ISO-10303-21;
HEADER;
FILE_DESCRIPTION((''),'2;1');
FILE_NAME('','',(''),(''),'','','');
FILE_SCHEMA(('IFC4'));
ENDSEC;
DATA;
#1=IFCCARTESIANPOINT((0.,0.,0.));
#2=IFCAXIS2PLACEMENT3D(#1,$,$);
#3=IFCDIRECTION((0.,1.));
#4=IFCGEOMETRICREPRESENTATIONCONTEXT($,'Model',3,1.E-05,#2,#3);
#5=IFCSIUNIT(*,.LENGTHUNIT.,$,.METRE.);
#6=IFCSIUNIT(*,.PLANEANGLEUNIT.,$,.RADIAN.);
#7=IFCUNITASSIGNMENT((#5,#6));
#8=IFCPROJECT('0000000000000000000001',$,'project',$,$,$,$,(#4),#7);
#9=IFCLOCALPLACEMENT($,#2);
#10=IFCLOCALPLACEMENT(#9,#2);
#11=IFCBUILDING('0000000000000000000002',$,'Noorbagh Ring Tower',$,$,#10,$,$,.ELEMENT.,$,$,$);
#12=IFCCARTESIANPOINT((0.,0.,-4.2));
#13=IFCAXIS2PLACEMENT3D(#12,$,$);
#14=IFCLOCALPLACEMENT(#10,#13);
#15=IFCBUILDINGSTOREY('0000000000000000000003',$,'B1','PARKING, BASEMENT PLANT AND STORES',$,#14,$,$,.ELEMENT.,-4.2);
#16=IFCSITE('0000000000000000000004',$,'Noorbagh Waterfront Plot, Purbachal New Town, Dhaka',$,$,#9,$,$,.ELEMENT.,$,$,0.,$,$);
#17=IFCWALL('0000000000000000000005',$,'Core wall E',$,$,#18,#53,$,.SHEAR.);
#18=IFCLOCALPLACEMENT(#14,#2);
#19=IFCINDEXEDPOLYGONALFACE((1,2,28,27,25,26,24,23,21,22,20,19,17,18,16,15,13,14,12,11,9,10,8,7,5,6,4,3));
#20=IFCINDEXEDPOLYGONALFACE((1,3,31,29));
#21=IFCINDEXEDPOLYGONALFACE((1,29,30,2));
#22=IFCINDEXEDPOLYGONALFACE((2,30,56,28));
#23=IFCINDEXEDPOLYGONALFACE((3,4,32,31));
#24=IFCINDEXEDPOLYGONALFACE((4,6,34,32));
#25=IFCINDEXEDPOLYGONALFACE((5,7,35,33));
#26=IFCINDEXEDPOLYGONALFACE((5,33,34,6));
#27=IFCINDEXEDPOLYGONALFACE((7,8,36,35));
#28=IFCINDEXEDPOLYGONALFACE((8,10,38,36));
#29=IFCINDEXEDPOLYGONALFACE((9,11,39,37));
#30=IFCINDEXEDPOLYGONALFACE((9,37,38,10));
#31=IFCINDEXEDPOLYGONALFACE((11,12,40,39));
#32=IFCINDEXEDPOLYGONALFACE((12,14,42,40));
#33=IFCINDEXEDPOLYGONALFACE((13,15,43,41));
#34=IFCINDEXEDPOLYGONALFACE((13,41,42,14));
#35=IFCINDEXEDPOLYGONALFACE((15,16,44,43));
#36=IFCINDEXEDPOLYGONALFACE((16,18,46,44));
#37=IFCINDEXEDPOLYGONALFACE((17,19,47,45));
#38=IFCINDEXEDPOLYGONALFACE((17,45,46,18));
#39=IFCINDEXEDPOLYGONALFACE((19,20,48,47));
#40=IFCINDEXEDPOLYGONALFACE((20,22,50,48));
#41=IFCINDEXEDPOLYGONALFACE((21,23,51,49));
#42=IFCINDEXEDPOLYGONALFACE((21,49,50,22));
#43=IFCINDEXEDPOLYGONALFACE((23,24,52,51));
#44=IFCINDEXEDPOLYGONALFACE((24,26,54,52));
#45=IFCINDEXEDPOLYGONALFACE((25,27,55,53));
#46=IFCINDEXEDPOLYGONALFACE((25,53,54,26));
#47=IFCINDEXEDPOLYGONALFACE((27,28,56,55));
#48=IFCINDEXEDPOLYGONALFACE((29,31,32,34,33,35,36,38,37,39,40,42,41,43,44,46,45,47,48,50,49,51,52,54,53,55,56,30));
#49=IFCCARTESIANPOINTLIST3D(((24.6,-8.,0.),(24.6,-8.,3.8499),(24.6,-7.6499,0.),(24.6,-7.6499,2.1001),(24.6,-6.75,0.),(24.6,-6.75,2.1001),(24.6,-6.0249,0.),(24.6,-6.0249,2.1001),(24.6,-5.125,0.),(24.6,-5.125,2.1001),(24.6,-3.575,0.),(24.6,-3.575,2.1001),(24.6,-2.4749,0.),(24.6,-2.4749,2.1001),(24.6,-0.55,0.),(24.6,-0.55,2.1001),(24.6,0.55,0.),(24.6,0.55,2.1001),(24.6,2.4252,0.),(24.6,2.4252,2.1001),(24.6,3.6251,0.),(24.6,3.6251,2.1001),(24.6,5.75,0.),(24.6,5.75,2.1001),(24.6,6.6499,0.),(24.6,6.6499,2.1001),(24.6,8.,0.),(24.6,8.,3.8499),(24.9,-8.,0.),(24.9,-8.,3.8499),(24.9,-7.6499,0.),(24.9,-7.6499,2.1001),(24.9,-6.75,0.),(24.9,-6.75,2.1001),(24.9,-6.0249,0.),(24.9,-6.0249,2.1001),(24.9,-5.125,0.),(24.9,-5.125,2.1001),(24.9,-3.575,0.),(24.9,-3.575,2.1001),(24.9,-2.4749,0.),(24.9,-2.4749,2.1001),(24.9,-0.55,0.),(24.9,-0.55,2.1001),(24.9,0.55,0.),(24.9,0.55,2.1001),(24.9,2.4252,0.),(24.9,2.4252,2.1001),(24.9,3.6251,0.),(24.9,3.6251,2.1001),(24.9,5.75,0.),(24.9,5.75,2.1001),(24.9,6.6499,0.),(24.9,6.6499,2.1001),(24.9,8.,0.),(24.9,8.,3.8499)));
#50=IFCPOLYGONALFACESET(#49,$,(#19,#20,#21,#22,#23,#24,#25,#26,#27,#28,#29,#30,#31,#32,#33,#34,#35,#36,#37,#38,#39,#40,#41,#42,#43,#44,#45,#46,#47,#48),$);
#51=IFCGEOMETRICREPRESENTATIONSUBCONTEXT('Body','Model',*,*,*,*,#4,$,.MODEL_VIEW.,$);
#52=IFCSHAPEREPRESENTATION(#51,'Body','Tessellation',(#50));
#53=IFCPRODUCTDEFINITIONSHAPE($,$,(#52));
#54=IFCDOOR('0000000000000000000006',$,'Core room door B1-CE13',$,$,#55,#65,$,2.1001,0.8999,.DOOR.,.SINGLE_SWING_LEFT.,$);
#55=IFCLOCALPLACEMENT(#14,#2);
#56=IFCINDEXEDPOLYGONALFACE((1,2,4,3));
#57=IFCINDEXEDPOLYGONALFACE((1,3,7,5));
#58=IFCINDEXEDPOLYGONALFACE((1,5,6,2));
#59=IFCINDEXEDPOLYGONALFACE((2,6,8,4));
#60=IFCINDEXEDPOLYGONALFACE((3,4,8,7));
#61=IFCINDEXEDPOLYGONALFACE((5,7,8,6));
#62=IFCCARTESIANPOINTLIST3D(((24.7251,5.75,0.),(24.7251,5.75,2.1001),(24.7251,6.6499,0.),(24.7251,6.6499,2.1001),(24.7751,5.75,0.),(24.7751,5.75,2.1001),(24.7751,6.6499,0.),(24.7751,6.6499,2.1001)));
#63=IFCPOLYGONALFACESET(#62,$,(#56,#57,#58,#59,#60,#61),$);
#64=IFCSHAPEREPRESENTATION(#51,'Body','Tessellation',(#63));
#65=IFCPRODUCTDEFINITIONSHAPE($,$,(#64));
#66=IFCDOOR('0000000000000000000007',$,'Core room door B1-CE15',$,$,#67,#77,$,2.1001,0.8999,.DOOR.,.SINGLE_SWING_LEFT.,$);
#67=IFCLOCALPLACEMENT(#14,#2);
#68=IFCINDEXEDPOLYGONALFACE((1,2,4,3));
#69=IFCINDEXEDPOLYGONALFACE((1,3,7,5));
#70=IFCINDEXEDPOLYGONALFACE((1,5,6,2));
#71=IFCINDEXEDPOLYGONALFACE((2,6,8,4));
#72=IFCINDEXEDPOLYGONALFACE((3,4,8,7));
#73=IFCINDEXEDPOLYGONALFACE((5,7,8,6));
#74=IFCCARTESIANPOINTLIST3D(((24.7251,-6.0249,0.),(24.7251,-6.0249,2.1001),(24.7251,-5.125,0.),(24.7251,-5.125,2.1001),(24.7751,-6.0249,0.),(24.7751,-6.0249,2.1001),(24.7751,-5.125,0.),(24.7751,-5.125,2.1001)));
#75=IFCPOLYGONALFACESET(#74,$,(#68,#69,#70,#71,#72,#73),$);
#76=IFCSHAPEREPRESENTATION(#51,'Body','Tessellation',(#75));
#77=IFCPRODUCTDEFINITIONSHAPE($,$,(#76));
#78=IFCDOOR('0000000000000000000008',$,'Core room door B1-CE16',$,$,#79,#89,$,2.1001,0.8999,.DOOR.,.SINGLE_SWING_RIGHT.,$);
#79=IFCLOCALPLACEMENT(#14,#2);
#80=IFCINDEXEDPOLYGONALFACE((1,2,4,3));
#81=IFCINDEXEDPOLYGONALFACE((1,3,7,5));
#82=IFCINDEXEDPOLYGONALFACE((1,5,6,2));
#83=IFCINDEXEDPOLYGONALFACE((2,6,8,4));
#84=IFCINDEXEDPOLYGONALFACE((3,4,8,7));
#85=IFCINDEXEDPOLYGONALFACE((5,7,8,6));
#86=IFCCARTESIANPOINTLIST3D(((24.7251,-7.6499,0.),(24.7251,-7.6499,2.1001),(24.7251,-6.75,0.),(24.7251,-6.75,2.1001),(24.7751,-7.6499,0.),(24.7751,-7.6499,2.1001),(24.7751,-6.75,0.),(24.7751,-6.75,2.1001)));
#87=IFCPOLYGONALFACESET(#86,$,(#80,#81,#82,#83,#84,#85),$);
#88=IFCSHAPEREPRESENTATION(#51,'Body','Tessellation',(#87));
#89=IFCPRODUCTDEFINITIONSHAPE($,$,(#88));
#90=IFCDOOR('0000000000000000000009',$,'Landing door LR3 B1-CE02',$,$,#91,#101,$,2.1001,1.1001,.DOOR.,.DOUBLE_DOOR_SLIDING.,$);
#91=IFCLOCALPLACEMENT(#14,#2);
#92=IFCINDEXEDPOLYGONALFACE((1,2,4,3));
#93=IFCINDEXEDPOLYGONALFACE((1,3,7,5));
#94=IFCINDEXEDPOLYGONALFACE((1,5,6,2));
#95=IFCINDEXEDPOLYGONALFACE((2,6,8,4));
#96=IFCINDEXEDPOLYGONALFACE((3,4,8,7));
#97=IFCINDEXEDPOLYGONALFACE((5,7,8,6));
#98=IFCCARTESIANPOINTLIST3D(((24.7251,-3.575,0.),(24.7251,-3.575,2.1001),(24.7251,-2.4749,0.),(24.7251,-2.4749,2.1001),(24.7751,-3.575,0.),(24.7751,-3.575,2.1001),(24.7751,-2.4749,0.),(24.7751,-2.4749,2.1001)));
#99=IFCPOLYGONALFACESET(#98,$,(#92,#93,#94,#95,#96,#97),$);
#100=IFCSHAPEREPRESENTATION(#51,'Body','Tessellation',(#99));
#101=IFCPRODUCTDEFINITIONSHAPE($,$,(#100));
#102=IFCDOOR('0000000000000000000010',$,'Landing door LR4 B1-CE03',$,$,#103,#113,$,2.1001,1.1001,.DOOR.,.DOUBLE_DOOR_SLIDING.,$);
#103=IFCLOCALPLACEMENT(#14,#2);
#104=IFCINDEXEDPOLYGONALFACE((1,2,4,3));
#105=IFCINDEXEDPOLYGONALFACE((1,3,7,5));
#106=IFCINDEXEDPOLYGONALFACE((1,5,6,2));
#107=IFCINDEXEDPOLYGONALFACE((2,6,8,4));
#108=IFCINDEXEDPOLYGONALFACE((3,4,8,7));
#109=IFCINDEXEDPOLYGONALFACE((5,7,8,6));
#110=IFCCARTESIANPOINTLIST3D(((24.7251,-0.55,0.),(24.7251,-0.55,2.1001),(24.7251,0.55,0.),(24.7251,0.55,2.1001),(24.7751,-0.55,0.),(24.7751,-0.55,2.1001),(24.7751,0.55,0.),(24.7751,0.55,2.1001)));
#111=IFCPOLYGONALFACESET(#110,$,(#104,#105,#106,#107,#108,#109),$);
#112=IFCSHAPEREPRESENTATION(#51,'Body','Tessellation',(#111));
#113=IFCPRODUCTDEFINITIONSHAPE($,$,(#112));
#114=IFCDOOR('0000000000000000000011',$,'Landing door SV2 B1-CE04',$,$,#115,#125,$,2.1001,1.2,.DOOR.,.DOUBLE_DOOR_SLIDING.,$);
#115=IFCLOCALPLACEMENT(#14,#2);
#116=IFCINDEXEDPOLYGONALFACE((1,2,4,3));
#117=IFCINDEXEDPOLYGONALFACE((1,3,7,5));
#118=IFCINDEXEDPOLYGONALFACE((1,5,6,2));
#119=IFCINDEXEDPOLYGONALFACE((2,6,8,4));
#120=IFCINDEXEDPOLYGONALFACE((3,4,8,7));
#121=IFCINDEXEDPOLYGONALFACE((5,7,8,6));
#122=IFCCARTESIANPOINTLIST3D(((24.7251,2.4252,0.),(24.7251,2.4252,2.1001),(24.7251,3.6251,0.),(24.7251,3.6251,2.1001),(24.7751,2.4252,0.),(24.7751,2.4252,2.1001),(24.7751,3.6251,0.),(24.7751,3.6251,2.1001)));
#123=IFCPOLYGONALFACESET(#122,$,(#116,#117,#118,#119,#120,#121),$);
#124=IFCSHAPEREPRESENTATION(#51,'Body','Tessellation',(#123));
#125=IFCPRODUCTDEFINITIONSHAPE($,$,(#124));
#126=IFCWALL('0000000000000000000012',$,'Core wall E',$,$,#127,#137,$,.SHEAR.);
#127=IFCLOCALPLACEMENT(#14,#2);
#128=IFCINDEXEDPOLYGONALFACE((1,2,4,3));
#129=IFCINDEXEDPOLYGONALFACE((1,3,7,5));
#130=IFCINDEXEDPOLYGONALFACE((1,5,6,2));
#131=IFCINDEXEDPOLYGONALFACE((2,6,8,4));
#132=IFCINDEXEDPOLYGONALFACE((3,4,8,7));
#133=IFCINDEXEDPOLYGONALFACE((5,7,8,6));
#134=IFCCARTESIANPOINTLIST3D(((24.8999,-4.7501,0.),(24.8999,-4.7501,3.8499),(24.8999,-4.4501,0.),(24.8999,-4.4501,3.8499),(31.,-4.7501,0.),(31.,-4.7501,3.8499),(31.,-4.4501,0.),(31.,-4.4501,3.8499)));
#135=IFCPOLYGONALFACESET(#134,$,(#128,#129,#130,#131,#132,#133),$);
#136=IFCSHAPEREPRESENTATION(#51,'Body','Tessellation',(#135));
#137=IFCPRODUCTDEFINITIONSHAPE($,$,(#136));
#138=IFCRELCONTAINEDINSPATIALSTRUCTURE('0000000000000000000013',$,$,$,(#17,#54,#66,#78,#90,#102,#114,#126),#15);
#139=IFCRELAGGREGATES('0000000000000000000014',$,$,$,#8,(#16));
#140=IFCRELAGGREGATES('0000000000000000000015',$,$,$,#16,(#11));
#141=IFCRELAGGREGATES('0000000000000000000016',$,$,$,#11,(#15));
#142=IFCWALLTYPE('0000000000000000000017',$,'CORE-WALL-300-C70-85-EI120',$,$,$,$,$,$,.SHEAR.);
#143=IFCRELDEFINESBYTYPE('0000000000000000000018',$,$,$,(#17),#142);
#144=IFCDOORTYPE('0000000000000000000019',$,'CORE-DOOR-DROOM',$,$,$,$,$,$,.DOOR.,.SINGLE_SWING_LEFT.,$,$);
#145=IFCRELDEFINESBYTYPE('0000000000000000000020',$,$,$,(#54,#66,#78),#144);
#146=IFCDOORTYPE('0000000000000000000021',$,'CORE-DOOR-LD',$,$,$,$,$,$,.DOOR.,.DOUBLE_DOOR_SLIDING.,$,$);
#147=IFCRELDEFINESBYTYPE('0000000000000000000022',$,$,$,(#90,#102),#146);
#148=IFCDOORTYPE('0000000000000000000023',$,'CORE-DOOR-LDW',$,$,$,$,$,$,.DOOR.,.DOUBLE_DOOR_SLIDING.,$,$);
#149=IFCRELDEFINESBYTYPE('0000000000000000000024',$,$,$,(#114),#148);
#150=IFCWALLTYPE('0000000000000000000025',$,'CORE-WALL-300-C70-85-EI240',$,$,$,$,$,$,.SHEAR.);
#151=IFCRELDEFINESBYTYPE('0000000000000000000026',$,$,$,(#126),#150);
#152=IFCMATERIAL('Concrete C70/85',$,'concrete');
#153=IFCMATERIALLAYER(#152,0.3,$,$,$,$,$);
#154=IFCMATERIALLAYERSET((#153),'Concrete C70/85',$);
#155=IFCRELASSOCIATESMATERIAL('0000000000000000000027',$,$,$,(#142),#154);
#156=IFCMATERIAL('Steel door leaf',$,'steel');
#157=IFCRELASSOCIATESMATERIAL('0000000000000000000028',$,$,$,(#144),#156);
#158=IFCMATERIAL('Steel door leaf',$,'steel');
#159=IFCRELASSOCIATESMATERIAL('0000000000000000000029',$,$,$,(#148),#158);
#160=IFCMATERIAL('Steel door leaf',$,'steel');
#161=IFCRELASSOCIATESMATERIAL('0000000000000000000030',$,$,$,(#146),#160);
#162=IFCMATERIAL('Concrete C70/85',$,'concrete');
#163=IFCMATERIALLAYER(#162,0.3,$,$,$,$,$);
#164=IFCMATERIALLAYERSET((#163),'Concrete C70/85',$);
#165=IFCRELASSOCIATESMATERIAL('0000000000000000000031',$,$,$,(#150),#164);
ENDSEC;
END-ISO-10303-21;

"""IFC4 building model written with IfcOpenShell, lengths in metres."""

from ifc_helpers import new_model, si_unit, direction, frame, frame_2d, origin, place, context, subcontext, project, spatial, rectangle, extrude, material, layer, layer_set, type_object, element, fill, save


model = new_model("IFC4")

# Units and contexts
model_context = context("Model", 3, precision=1e-05, world=origin(), true_north=direction((0.0, 1.0)))
body_context = subcontext(model_context, "Body", "Model", "MODEL_VIEW")
ifc_project = project(units=[si_unit("LENGTHUNIT", "METRE"), si_unit("PLANEANGLEUNIT", "RADIAN")], contexts=[model_context])

# Site, building, storey
site_placement = place(None, origin())
site = spatial("IfcSite", under=ifc_project, at=site_placement, Name="Noorbagh Waterfront Plot, Purbachal New Town, Dhaka", CompositionType="ELEMENT", RefElevation=0.0)
building_placement = place(site_placement, origin())
building = spatial("IfcBuilding", under=site, at=building_placement, Name="Noorbagh Ring Tower", CompositionType="ELEMENT")
storey_placement = place(building_placement, frame((0.0, 0.0, -4.2)))
storey = spatial("IfcBuildingStorey", under=building, at=storey_placement, Name="B1", Description="PARKING, BASEMENT PLANT AND STORES", CompositionType="ELEMENT", Elevation=-4.2)

# Wall, openings, doors
ifc_material_1 = material(Name="Concrete C70/85", Category="concrete")
ifc_layer_1 = layer(ifc_material_1, 0.3)
ifc_layer_set_1 = layer_set([ifc_layer_1], Name="Concrete C70/85")
wall_type_1 = type_object("IfcWallType", Name="CORE-WALL-300-C70-85-EI120", PredefinedType="SHEAR", material=ifc_layer_set_1)
ifc_material_2 = material(Name="Steel door leaf", Category="steel")
door_type_1 = type_object("IfcDoorType", Name="CORE-DOOR-DROOM", OperationType="SINGLE_SWING_LEFT", PredefinedType="DOOR", material=ifc_material_2)
ifc_material_3 = material(Name="Steel door leaf", Category="steel")
door_type_2 = type_object("IfcDoorType", Name="CORE-DOOR-LDW", OperationType="DOUBLE_DOOR_SLIDING", PredefinedType="DOOR", material=ifc_material_3)
wall_1_placement = place(storey_placement, frame((24.75, -8.0, 0.0), z_axis=(0.0, 0.0, 1.0), x_axis=(0.0, 1.0, 0.0)))
wall_1 = element("IfcWall", 1, at=wall_1_placement, inside=storey, type_object=wall_type_1, Name="Core wall E", PredefinedType="SHEAR", context=body_context, shape_type="SweptSolid", body=[
    extrude(rectangle(XDim=16.0, YDim=0.3, at=frame_2d((8.0, 0.0))), origin(), (0.0, 0.0, 1.0), 3.8499),
])
opening_1_placement = place(wall_1_placement, frame((4.425, 0.0, 0.0)))
opening_1 = element("IfcOpeningElement", 2, at=opening_1_placement, cuts=wall_1, PredefinedType="OPENING", context=body_context, shape_type="SweptSolid", body=[
    extrude(rectangle(XDim=1.1001, YDim=2.1001, at=frame_2d((0.55, 1.05))), frame((0.0, 0.1602, 0.0), z_axis=(0.0, -1.0, 0.0), x_axis=(1.0, 0.0, 0.0)), (0.0, 0.0, 1.0), 0.3201),
])
opening_2_placement = place(wall_1_placement, frame((7.45, 0.0, 0.0)))
opening_2 = element("IfcOpeningElement", 3, at=opening_2_placement, cuts=wall_1, PredefinedType="OPENING", context=body_context, shape_type="SweptSolid", body=[
    extrude(rectangle(XDim=1.1001, YDim=2.1001, at=frame_2d((0.55, 1.05))), frame((0.0, 0.1602, 0.0), z_axis=(0.0, -1.0, 0.0), x_axis=(1.0, 0.0, 0.0)), (0.0, 0.0, 1.0), 0.3201),
])
opening_3_placement = place(wall_1_placement, frame((10.425, 0.0, 0.0)))
opening_3 = element("IfcOpeningElement", 4, at=opening_3_placement, cuts=wall_1, PredefinedType="OPENING", context=body_context, shape_type="SweptSolid", body=[
    extrude(rectangle(XDim=1.2, YDim=2.1001, at=frame_2d((0.6001, 1.05))), frame((0.0, 0.1602, 0.0), z_axis=(0.0, -1.0, 0.0), x_axis=(1.0, 0.0, 0.0)), (0.0, 0.0, 1.0), 0.3201),
])
opening_4_placement = place(wall_1_placement, frame((13.75, 0.0, 0.0)))
opening_4 = element("IfcOpeningElement", 5, at=opening_4_placement, cuts=wall_1, PredefinedType="OPENING", context=body_context, shape_type="SweptSolid", body=[
    extrude(rectangle(XDim=0.8999, YDim=2.1001, at=frame_2d((0.45, 1.05))), frame((0.0, 0.1602, 0.0), z_axis=(0.0, -1.0, 0.0), x_axis=(1.0, 0.0, 0.0)), (0.0, 0.0, 1.0), 0.3201),
])
opening_5_placement = place(wall_1_placement, frame((1.9751, 0.0, 0.0)))
opening_5 = element("IfcOpeningElement", 6, at=opening_5_placement, cuts=wall_1, PredefinedType="OPENING", context=body_context, shape_type="SweptSolid", body=[
    extrude(rectangle(XDim=0.8999, YDim=2.1001, at=frame_2d((0.45, 1.05))), frame((0.0, 0.1602, 0.0), z_axis=(0.0, -1.0, 0.0), x_axis=(1.0, 0.0, 0.0)), (0.0, 0.0, 1.0), 0.3201),
])
opening_6_placement = place(wall_1_placement, frame((0.3501, 0.0, 0.0)))
opening_6 = element("IfcOpeningElement", 7, at=opening_6_placement, cuts=wall_1, PredefinedType="OPENING", context=body_context, shape_type="SweptSolid", body=[
    extrude(rectangle(XDim=0.8999, YDim=2.1001, at=frame_2d((0.45, 1.05))), frame((0.0, 0.1602, 0.0), z_axis=(0.0, -1.0, 0.0), x_axis=(1.0, 0.0, 0.0)), (0.0, 0.0, 1.0), 0.3201),
])
door_1_placement = place(opening_4_placement, origin())
door_1 = element("IfcDoor", 8, at=door_1_placement, inside=storey, type_object=door_type_1, Name="Core room door B1-CE13", OperationType="SINGLE_SWING_LEFT", OverallHeight=2.1001, OverallWidth=0.8999, PredefinedType="DOOR", context=body_context, shape_type="SweptSolid", body=[
    extrude(rectangle(XDim=0.8999, YDim=2.1001, at=frame_2d((0.45, 1.05))), frame((0.0, 0.0249, 0.0), z_axis=(0.0, -1.0, 0.0), x_axis=(1.0, 0.0, 0.0)), (0.0, 0.0, 1.0), 0.05),
])
fill(opening_4, door_1)
door_2_placement = place(opening_5_placement, origin())
door_2 = element("IfcDoor", 9, at=door_2_placement, inside=storey, type_object=door_type_1, Name="Core room door B1-CE15", OperationType="SINGLE_SWING_LEFT", OverallHeight=2.1001, OverallWidth=0.8999, PredefinedType="DOOR", context=body_context, shape_type="SweptSolid", body=[
    extrude(rectangle(XDim=0.8999, YDim=2.1001, at=frame_2d((0.45, 1.05))), frame((0.0, 0.0249, 0.0), z_axis=(0.0, -1.0, 0.0), x_axis=(1.0, 0.0, 0.0)), (0.0, 0.0, 1.0), 0.05),
])
fill(opening_5, door_2)
door_3_placement = place(opening_6_placement, origin())
door_3 = element("IfcDoor", 10, at=door_3_placement, inside=storey, type_object=door_type_1, Name="Core room door B1-CE16", OperationType="SINGLE_SWING_RIGHT", OverallHeight=2.1001, OverallWidth=0.8999, PredefinedType="DOOR", context=body_context, shape_type="SweptSolid", body=[
    extrude(rectangle(XDim=0.8999, YDim=2.1001, at=frame_2d((0.45, 1.05))), frame((0.0, 0.0249, 0.0), z_axis=(0.0, -1.0, 0.0), x_axis=(1.0, 0.0, 0.0)), (0.0, 0.0, 1.0), 0.05),
])
fill(opening_6, door_3)
ifc_material_4 = material(Name="Steel door leaf", Category="steel")
door_type_3 = type_object("IfcDoorType", Name="CORE-DOOR-LD", OperationType="DOUBLE_DOOR_SLIDING", PredefinedType="DOOR", material=ifc_material_4)
door_4_placement = place(opening_1_placement, origin())
door_4 = element("IfcDoor", 11, at=door_4_placement, inside=storey, type_object=door_type_3, Name="Landing door LR3 B1-CE02", OperationType="DOUBLE_DOOR_SLIDING", OverallHeight=2.1001, OverallWidth=1.1001, PredefinedType="DOOR", context=body_context, shape_type="SweptSolid", body=[
    extrude(rectangle(XDim=1.1001, YDim=2.1001, at=frame_2d((0.55, 1.05))), frame((0.0, 0.0249, 0.0), z_axis=(0.0, -1.0, 0.0), x_axis=(1.0, 0.0, 0.0)), (0.0, 0.0, 1.0), 0.05),
])
fill(opening_1, door_4)
door_5_placement = place(opening_2_placement, origin())
door_5 = element("IfcDoor", 12, at=door_5_placement, inside=storey, type_object=door_type_3, Name="Landing door LR4 B1-CE03", OperationType="DOUBLE_DOOR_SLIDING", OverallHeight=2.1001, OverallWidth=1.1001, PredefinedType="DOOR", context=body_context, shape_type="SweptSolid", body=[
    extrude(rectangle(XDim=1.1001, YDim=2.1001, at=frame_2d((0.55, 1.05))), frame((0.0, 0.0249, 0.0), z_axis=(0.0, -1.0, 0.0), x_axis=(1.0, 0.0, 0.0)), (0.0, 0.0, 1.0), 0.05),
])
fill(opening_2, door_5)
door_6_placement = place(opening_3_placement, origin())
door_6 = element("IfcDoor", 13, at=door_6_placement, inside=storey, type_object=door_type_2, Name="Landing door SV2 B1-CE04", OperationType="DOUBLE_DOOR_SLIDING", OverallHeight=2.1001, OverallWidth=1.2, PredefinedType="DOOR", context=body_context, shape_type="SweptSolid", body=[
    extrude(rectangle(XDim=1.2, YDim=2.1001, at=frame_2d((0.6001, 1.05))), frame((0.0, 0.0249, 0.0), z_axis=(0.0, -1.0, 0.0), x_axis=(1.0, 0.0, 0.0)), (0.0, 0.0, 1.0), 0.05),
])
fill(opening_3, door_6)

# Wall
ifc_material_5 = material(Name="Concrete C70/85", Category="concrete")
ifc_layer_2 = layer(ifc_material_5, 0.3)
ifc_layer_set_2 = layer_set([ifc_layer_2], Name="Concrete C70/85")
wall_type_2 = type_object("IfcWallType", Name="CORE-WALL-300-C70-85-EI240", PredefinedType="SHEAR", material=ifc_layer_set_2)
wall_2_placement = place(storey_placement, frame((24.8999, -4.6001, 0.0), z_axis=(0.0, 0.0, 1.0), x_axis=(1.0, 0.0, 0.0)))
element("IfcWall", 14, at=wall_2_placement, inside=storey, type_object=wall_type_2, Name="Core wall E", PredefinedType="SHEAR", context=body_context, shape_type="SweptSolid", body=[
    extrude(rectangle(XDim=6.1001, YDim=0.3, at=frame_2d((3.05, 0.0))), origin(), (0.0, 0.0, 1.0), 3.8499),
])

save(model, "model.ifc")
